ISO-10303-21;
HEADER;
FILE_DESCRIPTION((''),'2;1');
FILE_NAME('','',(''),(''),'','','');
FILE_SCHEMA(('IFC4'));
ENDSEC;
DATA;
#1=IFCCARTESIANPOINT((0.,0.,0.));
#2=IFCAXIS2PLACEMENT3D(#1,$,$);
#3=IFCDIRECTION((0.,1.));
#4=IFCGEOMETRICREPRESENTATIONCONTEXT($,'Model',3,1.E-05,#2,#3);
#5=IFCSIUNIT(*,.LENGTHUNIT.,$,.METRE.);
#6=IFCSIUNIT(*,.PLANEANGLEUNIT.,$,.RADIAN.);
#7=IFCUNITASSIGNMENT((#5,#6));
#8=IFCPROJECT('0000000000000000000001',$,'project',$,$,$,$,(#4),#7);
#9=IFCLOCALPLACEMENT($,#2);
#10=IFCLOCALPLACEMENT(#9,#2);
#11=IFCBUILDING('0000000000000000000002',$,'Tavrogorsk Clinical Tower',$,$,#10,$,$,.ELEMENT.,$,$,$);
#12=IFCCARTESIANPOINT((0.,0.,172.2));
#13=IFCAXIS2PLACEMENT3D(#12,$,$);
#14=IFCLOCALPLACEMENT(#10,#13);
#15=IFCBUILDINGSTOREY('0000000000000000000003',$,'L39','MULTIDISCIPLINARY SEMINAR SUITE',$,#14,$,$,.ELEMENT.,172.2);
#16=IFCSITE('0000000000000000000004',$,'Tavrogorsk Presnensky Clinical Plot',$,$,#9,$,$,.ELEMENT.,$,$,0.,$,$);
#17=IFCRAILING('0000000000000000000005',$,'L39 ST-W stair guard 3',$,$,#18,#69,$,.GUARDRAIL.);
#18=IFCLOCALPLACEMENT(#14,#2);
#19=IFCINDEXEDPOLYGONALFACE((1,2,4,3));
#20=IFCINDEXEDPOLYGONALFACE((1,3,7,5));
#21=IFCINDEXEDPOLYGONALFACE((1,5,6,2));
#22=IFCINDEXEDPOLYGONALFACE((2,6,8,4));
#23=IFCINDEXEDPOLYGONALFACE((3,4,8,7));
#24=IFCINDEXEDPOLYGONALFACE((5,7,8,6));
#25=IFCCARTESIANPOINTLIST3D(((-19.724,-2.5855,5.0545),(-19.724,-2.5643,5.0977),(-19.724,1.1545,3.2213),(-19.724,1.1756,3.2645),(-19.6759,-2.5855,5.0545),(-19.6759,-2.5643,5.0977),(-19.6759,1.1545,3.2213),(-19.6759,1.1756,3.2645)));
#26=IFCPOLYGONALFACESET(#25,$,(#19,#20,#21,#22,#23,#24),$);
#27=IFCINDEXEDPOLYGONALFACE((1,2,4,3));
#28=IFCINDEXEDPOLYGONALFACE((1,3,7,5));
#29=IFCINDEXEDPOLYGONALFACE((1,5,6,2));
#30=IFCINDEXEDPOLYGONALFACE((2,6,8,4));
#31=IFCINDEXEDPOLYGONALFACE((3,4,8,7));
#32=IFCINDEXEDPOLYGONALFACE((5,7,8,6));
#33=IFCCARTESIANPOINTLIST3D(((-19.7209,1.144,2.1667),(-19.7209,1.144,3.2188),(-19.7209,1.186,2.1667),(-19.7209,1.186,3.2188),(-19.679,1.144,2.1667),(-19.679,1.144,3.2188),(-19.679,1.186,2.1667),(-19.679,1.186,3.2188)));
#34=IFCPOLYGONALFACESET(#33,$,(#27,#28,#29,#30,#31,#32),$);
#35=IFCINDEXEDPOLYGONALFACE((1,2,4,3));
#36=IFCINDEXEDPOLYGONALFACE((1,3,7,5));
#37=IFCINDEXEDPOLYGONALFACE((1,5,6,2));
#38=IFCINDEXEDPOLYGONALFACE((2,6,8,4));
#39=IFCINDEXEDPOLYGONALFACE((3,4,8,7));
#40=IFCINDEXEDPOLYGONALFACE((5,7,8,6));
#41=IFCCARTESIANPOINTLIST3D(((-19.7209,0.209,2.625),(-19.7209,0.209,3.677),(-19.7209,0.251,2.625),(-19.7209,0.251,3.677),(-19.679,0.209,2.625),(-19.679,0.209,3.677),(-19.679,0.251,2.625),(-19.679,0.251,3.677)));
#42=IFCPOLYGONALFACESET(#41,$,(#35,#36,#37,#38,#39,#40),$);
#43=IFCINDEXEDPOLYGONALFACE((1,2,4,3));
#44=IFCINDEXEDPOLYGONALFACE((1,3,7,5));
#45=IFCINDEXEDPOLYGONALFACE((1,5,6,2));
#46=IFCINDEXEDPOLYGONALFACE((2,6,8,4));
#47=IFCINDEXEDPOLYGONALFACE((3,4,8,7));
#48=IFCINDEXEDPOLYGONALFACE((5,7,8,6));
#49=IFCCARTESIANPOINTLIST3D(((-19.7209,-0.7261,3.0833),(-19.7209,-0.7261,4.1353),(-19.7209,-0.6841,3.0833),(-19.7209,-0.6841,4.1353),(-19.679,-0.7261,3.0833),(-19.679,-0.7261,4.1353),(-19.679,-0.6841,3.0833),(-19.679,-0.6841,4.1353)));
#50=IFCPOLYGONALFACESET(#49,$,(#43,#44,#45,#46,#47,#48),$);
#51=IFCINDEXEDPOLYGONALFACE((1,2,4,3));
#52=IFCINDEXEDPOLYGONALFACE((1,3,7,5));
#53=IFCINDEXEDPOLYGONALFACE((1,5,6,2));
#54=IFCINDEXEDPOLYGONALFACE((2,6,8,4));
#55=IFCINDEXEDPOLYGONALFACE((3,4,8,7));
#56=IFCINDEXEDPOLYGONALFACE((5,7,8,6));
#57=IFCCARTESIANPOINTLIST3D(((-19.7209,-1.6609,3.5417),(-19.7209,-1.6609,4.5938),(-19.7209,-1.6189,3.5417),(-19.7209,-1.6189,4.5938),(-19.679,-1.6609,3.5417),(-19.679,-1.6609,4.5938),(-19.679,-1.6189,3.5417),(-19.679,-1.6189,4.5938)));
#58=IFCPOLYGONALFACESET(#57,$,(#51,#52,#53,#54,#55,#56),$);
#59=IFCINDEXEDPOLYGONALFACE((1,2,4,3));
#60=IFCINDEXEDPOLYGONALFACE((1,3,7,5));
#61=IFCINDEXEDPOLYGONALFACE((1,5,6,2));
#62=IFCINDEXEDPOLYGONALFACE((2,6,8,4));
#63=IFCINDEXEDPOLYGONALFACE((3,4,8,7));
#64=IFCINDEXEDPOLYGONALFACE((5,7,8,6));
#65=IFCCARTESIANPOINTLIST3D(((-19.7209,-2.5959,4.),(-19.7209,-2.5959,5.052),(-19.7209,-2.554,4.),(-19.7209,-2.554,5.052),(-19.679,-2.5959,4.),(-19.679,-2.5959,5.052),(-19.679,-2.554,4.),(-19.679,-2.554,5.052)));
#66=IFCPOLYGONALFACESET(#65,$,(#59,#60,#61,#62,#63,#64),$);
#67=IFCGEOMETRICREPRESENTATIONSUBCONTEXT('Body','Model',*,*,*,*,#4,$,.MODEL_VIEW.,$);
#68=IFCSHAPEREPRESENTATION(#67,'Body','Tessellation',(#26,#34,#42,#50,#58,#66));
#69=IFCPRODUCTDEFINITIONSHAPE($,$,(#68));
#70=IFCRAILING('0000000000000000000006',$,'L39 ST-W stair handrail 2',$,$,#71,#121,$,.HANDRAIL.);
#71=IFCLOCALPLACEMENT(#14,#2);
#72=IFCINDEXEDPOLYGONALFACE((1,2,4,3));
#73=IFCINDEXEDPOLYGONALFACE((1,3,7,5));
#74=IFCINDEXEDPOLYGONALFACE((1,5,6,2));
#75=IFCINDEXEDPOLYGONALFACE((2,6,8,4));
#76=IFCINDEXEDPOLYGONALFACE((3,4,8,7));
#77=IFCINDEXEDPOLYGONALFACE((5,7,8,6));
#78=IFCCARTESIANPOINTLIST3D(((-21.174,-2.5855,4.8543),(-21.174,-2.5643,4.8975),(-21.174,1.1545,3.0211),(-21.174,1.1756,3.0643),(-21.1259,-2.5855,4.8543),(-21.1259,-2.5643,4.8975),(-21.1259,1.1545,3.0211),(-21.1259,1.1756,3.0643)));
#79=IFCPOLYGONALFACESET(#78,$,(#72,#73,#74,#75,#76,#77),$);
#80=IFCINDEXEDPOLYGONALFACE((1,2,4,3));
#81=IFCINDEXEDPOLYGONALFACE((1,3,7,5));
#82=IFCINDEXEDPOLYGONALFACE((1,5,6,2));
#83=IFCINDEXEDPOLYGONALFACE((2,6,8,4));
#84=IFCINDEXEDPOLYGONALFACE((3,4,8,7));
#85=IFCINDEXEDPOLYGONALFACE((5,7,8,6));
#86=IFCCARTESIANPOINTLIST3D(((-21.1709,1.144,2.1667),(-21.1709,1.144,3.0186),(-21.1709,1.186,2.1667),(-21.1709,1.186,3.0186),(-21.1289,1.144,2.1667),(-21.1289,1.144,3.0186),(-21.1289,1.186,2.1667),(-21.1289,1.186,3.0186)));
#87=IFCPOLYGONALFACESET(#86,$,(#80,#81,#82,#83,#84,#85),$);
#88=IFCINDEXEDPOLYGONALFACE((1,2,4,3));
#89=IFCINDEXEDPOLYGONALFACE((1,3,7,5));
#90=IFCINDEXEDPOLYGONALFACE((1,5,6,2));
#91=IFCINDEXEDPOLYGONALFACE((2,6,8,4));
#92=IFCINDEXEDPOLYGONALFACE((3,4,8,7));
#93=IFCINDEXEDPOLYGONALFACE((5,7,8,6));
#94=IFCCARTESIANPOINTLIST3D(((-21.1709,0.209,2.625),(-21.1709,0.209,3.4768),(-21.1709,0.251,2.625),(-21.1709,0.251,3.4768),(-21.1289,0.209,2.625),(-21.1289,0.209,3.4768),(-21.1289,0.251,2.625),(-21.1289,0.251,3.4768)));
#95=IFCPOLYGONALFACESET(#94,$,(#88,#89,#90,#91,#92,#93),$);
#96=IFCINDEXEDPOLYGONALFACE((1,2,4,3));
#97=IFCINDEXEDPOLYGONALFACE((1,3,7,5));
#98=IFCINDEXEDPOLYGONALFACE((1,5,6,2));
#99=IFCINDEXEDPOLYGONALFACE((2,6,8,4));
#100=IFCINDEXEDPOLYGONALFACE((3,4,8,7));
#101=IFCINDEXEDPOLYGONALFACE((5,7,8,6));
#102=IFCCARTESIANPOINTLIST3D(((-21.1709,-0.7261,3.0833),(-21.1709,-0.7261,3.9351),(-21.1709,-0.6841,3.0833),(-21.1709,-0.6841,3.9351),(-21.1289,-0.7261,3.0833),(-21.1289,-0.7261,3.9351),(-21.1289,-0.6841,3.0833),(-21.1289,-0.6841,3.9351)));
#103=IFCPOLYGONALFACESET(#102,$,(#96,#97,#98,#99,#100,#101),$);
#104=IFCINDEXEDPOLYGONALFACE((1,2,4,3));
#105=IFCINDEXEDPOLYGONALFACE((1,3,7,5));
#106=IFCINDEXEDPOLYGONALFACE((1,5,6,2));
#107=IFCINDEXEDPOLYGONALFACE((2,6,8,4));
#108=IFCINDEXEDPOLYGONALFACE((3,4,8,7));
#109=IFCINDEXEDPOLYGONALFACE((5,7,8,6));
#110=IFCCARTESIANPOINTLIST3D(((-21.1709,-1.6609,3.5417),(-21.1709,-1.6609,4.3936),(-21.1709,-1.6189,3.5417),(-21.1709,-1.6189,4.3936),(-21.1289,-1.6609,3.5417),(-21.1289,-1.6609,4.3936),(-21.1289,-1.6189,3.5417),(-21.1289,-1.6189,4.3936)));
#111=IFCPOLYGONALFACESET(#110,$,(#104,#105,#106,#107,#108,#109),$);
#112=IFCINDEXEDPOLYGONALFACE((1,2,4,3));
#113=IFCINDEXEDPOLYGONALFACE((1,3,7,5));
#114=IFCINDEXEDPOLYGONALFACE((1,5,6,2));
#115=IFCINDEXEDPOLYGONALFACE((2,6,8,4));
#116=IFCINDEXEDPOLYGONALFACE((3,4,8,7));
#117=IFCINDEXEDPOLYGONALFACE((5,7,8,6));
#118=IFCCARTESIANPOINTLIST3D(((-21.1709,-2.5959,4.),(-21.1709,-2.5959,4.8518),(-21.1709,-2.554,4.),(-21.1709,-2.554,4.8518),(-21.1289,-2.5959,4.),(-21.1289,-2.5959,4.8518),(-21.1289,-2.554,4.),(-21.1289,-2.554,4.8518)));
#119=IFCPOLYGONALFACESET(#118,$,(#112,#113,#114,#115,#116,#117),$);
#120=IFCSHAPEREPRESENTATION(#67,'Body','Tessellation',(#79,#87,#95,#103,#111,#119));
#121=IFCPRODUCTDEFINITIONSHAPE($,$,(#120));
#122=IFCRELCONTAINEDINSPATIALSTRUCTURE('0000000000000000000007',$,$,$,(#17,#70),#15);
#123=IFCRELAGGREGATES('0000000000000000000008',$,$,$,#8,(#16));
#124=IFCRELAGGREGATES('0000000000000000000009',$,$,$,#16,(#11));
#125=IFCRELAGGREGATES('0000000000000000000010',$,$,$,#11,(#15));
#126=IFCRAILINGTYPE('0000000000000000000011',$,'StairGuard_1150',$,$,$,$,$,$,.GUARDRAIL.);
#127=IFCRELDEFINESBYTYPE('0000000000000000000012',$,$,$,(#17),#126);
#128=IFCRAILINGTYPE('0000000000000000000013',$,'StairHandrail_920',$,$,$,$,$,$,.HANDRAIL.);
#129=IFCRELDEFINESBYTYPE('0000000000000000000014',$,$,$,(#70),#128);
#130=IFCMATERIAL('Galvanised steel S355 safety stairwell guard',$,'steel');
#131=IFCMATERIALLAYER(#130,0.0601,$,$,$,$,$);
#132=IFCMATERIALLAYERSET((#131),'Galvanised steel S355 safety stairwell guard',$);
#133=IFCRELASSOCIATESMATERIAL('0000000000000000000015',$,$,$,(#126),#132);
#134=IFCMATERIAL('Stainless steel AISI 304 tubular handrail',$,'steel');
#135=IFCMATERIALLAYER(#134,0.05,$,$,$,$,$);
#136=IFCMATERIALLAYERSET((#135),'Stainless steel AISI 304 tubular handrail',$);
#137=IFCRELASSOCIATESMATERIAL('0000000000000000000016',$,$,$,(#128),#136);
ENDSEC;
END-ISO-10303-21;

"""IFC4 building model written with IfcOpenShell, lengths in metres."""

from ifc_helpers import new_model, si_unit, direction, frame, origin, origin_2d, place, context, subcontext, project, spatial, rectangle, extrude, material, layer, layer_set, type_object, element, save


model = new_model("IFC4")

# Units and contexts
model_context = context("Model", 3, precision=1e-05, world=origin(), true_north=direction((0.0, 1.0)))
body_context = subcontext(model_context, "Body", "Model", "MODEL_VIEW")
ifc_project = project(units=[si_unit("LENGTHUNIT", "METRE"), si_unit("PLANEANGLEUNIT", "RADIAN")], contexts=[model_context])

# Site, building, storey
site_placement = place(None, origin())
site = spatial("IfcSite", under=ifc_project, at=site_placement, Name="Tavrogorsk Presnensky Clinical Plot", CompositionType="ELEMENT", RefElevation=0.0)
building_placement = place(site_placement, origin())
building = spatial("IfcBuilding", under=site, at=building_placement, Name="Tavrogorsk Clinical Tower", CompositionType="ELEMENT")
storey_placement = place(building_placement, frame((0.0, 0.0, 172.2)))
storey = spatial("IfcBuildingStorey", under=building, at=storey_placement, Name="L39", Description="MULTIDISCIPLINARY SEMINAR SUITE", CompositionType="ELEMENT", Elevation=172.2)

# Railings
ifc_material_1 = material(Name="Galvanised steel S355 safety stairwell guard", Category="steel")
ifc_layer_1 = layer(ifc_material_1, 0.0601)
ifc_layer_set_1 = layer_set([ifc_layer_1], Name="Galvanised steel S355 safety stairwell guard")
railing_type_1 = type_object("IfcRailingType", Name="StairGuard_1150", PredefinedType="GUARDRAIL", material=ifc_layer_set_1)
railing_1_placement = place(storey_placement, frame((-19.7, 1.165, 2.1667)))
element("IfcRailing", 1, at=railing_1_placement, inside=storey, type_object=railing_type_1, Name="L39 ST-W stair guard 3", PredefinedType="GUARDRAIL", context=body_context, shape_type="SweptSolid", body=[
    extrude(rectangle(XDim=0.0481, YDim=0.0481, at=origin_2d()), frame((0.0, 0.0, 1.0762), z_axis=(0.0, -0.897928, 0.440142), x_axis=(1.0, 0.0, 0.0)), (0.0, 0.0, 1.0), 4.165),
    extrude(rectangle(XDim=0.042, YDim=0.042, at=origin_2d()), origin(), (0.0, 0.0, 1.0), 1.052),
    extrude(rectangle(XDim=0.042, YDim=0.042, at=origin_2d()), frame((0.0, -0.9351, 0.4583)), (0.0, 0.0, 1.0), 1.052),
    extrude(rectangle(XDim=0.042, YDim=0.042, at=origin_2d()), frame((0.0, -1.8701, 0.9165)), (0.0, 0.0, 1.0), 1.052),
    extrude(rectangle(XDim=0.042, YDim=0.042, at=origin_2d()), frame((0.0, -2.8049, 1.375)), (0.0, 0.0, 1.0), 1.052),
    extrude(rectangle(XDim=0.042, YDim=0.042, at=origin_2d()), frame((0.0, -3.74, 1.8333)), (0.0, 0.0, 1.0), 1.052),
])
ifc_material_2 = material(Name="Stainless steel AISI 304 tubular handrail", Category="steel")
ifc_layer_2 = layer(ifc_material_2, 0.05)
ifc_layer_set_2 = layer_set([ifc_layer_2], Name="Stainless steel AISI 304 tubular handrail")
railing_type_2 = type_object("IfcRailingType", Name="StairHandrail_920", PredefinedType="HANDRAIL", material=ifc_layer_set_2)
railing_2_placement = place(storey_placement, frame((-21.1499, 1.165, 2.1667)))
element("IfcRailing", 2, at=railing_2_placement, inside=storey, type_object=railing_type_2, Name="L39 ST-W stair handrail 2", PredefinedType="HANDRAIL", context=body_context, shape_type="SweptSolid", body=[
    extrude(rectangle(XDim=0.0481, YDim=0.0481, at=origin_2d()), frame((0.0, 0.0, 0.876), z_axis=(0.0, -0.897928, 0.440142), x_axis=(1.0, 0.0, 0.0)), (0.0, 0.0, 1.0), 4.165),
    extrude(rectangle(XDim=0.042, YDim=0.042, at=origin_2d()), origin(), (0.0, 0.0, 1.0), 0.8518),
    extrude(rectangle(XDim=0.042, YDim=0.042, at=origin_2d()), frame((0.0, -0.9351, 0.4583)), (0.0, 0.0, 1.0), 0.8518),
    extrude(rectangle(XDim=0.042, YDim=0.042, at=origin_2d()), frame((0.0, -1.8701, 0.9165)), (0.0, 0.0, 1.0), 0.8518),
    extrude(rectangle(XDim=0.042, YDim=0.042, at=origin_2d()), frame((0.0, -2.8049, 1.375)), (0.0, 0.0, 1.0), 0.8518),
    extrude(rectangle(XDim=0.042, YDim=0.042, at=origin_2d()), frame((0.0, -3.74, 1.8333)), (0.0, 0.0, 1.0), 0.8518),
])

save(model, "model.ifc")
